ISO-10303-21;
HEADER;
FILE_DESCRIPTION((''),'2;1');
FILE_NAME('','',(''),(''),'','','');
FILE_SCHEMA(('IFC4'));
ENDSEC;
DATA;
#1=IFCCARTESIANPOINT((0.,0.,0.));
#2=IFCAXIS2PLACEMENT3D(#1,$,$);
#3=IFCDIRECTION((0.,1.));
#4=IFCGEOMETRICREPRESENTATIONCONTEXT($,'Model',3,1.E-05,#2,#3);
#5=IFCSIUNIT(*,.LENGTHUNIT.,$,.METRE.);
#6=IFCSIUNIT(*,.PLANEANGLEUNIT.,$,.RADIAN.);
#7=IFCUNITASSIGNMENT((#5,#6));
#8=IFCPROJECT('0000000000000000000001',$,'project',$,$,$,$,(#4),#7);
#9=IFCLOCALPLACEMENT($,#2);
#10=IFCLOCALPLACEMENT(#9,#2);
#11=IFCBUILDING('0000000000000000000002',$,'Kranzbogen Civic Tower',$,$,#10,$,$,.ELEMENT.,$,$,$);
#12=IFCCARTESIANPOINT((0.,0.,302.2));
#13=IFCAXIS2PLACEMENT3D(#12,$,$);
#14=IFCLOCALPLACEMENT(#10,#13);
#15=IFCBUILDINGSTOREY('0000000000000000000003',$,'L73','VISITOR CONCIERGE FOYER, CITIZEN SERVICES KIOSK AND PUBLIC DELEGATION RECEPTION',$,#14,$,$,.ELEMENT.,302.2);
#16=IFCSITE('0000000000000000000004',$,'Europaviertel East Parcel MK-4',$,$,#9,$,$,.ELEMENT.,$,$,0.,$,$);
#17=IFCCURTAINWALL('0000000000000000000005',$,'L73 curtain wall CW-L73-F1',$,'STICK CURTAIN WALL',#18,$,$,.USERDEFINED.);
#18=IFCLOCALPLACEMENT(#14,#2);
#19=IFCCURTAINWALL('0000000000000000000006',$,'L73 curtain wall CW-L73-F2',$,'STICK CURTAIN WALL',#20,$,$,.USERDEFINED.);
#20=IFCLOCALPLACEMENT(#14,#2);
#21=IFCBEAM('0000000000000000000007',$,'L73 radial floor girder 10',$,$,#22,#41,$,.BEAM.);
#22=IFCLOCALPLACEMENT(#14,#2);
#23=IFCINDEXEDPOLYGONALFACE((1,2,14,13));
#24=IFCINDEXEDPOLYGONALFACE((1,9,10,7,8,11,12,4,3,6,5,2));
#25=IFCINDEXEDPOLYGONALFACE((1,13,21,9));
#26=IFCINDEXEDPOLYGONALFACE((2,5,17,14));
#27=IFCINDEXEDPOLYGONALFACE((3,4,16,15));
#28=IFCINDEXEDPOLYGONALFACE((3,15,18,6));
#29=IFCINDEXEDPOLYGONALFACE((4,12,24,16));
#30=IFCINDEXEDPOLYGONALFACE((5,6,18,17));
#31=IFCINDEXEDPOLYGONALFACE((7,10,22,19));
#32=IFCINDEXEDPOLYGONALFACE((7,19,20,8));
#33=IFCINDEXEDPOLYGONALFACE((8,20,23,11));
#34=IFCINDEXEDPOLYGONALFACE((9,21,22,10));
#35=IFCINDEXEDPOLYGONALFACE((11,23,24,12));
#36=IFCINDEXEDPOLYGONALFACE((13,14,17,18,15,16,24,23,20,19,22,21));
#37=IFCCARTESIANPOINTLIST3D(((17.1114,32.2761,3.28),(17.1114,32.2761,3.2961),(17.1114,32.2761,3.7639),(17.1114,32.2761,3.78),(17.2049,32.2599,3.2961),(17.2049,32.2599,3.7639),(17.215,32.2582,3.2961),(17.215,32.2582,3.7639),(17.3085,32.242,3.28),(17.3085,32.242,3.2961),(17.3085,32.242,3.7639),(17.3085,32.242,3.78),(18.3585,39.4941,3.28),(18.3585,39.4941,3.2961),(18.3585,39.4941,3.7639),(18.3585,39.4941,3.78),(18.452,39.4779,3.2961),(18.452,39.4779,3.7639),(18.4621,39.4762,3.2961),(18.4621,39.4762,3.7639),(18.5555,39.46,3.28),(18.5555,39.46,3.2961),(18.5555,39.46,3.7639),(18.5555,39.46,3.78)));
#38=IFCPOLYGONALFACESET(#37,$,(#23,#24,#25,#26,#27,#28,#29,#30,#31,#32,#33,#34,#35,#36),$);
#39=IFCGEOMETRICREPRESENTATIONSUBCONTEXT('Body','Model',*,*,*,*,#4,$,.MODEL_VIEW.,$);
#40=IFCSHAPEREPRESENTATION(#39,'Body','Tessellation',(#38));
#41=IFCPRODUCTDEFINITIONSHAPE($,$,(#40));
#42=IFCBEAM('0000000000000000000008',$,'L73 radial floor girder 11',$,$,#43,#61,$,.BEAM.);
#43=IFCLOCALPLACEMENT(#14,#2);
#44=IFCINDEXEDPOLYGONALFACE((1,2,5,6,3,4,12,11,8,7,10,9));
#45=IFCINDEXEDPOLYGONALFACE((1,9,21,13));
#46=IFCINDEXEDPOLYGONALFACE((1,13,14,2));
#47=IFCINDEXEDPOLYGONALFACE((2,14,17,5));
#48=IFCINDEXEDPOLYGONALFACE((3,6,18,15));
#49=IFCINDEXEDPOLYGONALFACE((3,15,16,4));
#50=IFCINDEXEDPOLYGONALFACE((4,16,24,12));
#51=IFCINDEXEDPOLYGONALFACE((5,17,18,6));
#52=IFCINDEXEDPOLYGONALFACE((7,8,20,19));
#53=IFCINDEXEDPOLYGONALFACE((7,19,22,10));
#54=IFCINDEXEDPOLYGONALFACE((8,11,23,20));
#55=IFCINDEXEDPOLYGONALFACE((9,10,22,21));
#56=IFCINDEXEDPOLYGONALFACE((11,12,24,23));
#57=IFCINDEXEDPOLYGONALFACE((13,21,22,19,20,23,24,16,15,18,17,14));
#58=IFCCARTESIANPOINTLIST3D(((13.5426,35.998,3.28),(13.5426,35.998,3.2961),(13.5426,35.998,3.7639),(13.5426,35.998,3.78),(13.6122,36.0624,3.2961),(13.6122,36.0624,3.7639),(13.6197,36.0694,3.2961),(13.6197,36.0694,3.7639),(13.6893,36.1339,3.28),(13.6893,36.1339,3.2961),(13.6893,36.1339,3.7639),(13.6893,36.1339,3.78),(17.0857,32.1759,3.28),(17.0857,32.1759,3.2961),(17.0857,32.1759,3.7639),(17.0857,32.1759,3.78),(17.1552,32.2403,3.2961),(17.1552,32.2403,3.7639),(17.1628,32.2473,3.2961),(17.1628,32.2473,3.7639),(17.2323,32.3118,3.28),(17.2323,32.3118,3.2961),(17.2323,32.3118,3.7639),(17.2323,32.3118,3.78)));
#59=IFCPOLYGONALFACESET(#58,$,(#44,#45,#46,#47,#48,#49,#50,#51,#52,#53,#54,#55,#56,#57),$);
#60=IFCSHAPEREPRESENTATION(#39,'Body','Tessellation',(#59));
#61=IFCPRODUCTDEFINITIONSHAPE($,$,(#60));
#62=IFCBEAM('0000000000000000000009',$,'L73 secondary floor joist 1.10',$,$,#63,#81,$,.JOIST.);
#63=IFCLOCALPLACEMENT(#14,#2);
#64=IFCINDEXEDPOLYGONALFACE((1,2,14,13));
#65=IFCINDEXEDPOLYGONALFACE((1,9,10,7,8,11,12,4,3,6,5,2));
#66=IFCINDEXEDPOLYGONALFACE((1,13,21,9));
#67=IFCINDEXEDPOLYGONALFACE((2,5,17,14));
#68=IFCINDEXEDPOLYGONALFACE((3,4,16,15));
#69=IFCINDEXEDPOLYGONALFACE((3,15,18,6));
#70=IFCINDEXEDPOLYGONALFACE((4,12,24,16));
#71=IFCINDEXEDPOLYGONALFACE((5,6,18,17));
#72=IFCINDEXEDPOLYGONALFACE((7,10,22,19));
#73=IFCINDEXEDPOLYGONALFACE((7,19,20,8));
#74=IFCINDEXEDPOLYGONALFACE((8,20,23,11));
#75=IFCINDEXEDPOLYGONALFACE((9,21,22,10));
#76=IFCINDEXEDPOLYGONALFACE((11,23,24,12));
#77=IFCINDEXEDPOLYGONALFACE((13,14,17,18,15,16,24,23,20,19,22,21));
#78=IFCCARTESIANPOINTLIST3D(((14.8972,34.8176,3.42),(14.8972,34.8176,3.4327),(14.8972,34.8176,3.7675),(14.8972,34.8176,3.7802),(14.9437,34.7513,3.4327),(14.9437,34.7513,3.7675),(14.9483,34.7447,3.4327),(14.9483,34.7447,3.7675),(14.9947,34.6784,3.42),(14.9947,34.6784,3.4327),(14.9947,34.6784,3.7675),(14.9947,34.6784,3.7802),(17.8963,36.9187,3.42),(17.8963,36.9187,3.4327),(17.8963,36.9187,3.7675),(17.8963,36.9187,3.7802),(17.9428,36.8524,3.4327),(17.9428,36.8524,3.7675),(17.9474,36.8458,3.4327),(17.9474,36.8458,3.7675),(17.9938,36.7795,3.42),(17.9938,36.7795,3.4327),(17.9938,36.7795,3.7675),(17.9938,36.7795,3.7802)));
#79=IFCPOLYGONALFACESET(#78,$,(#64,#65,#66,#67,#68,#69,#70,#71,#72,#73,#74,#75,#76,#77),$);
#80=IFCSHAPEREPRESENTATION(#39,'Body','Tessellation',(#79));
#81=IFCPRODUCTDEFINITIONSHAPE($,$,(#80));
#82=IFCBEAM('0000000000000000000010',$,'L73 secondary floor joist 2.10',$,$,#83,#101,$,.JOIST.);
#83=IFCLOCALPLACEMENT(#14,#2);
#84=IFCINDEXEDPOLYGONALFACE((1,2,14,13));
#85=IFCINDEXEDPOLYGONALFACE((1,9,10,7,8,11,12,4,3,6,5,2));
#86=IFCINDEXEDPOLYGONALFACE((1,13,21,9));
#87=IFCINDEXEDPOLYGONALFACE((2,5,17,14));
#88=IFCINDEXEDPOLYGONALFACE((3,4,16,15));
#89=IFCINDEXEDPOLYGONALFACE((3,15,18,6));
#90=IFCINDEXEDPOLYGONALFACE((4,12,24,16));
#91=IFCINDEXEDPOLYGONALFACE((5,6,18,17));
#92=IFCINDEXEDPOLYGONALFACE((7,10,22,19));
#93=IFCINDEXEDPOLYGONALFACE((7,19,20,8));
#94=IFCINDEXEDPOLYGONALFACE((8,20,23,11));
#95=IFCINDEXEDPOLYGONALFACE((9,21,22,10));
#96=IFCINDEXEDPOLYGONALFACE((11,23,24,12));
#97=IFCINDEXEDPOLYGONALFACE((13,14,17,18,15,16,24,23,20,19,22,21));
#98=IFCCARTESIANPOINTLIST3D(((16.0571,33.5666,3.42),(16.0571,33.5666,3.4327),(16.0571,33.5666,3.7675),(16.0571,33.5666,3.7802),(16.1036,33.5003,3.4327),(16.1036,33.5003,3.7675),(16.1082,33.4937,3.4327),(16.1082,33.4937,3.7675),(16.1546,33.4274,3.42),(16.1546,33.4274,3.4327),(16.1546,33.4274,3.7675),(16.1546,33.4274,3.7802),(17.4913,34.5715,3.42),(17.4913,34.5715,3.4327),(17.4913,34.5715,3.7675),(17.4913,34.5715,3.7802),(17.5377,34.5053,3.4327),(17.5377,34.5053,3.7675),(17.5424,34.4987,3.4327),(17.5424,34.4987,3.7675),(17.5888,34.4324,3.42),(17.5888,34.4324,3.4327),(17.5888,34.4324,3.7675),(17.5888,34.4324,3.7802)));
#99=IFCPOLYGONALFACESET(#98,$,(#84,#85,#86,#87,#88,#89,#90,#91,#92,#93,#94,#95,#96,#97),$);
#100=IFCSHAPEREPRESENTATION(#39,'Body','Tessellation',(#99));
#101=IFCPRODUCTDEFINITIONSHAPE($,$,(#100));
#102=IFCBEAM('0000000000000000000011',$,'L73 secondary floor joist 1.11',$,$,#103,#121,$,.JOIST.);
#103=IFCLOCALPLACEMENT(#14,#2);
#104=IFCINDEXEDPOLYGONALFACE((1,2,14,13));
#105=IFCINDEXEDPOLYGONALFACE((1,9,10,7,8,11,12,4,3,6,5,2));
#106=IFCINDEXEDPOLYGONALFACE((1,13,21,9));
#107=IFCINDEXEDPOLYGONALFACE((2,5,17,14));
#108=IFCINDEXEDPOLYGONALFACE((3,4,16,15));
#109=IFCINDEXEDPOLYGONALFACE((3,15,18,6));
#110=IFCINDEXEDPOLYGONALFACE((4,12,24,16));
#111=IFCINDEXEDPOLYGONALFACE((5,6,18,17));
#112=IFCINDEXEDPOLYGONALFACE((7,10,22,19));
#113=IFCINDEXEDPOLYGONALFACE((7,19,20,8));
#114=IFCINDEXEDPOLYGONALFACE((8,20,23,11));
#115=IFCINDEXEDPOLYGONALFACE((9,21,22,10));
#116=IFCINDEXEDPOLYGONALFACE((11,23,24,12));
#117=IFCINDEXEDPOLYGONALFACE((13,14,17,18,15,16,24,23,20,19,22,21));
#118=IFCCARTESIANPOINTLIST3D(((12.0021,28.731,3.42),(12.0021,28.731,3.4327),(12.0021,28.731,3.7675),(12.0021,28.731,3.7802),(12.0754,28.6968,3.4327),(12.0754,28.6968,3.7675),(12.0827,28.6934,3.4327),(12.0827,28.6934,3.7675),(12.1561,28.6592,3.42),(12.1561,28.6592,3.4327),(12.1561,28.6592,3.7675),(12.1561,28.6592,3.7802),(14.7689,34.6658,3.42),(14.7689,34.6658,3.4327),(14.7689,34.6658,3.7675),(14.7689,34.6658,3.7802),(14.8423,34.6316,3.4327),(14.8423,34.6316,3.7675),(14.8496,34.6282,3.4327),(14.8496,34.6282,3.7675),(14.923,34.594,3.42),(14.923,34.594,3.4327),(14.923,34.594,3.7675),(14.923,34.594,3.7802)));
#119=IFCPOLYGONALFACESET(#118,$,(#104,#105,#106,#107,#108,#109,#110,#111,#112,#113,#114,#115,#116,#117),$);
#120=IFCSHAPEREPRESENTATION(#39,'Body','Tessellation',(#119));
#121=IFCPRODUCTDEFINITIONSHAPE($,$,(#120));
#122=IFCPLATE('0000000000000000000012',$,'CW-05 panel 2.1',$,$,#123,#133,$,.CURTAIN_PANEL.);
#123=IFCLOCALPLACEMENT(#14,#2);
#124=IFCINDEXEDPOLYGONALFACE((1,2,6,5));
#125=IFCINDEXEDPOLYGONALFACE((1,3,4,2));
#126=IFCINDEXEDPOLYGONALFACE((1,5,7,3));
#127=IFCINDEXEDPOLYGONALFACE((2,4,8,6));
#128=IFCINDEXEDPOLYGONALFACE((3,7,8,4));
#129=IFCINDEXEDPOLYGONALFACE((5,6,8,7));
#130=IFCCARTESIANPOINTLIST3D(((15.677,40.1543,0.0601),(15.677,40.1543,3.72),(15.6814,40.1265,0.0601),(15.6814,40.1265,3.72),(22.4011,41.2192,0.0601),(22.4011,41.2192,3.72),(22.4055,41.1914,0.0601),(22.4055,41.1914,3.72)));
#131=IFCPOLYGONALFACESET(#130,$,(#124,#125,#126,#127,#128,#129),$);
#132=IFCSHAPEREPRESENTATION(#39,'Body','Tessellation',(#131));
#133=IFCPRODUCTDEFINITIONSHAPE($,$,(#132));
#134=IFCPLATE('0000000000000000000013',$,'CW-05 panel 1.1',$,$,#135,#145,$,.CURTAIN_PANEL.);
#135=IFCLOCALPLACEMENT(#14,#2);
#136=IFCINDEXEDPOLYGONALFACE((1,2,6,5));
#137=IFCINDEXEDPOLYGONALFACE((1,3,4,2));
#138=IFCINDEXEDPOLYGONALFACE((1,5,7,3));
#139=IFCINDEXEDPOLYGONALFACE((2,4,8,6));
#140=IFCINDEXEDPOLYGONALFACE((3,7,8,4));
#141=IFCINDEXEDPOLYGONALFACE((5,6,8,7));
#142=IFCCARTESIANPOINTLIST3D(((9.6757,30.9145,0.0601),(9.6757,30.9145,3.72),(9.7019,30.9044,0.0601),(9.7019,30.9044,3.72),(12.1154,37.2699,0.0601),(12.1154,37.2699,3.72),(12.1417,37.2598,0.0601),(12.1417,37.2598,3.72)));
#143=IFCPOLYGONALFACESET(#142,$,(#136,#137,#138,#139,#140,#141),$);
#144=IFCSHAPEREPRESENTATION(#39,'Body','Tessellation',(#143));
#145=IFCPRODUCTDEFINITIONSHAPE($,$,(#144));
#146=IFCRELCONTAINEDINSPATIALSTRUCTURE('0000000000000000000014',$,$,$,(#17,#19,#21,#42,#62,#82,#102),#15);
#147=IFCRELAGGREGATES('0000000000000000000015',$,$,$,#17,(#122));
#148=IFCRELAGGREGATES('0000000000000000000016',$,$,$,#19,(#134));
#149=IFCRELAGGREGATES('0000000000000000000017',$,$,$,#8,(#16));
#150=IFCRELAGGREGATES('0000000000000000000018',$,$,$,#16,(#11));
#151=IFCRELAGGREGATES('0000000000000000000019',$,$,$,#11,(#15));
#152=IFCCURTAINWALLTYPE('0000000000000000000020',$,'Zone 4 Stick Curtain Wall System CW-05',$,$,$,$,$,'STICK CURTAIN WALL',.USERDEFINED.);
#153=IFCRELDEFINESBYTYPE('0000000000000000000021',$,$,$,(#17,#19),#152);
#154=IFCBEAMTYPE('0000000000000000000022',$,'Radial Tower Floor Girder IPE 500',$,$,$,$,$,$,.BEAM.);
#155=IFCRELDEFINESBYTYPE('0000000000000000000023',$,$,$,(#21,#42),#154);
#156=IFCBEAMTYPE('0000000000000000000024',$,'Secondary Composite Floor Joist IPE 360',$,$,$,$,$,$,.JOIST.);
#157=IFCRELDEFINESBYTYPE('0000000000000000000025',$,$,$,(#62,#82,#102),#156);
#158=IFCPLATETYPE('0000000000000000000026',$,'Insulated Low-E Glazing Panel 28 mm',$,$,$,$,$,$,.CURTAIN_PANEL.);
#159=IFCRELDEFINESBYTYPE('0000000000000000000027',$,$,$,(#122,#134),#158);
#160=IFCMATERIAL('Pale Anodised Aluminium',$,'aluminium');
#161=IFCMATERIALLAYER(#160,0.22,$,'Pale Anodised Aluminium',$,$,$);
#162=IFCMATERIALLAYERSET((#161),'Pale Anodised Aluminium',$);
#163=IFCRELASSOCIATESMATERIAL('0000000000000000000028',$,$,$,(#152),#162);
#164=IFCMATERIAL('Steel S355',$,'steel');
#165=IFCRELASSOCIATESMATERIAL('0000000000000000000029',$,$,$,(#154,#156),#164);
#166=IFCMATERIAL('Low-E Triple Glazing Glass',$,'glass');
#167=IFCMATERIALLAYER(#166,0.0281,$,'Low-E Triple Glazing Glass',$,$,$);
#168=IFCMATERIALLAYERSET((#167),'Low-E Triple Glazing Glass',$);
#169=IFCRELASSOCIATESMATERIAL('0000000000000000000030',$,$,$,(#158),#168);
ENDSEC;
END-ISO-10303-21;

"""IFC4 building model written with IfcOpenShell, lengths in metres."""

from ifc_helpers import new_model, si_unit, direction, frame, origin, origin_2d, place, context, subcontext, project, spatial, rectangle, i_section, extrude, material, layer, layer_set, material_profile, profile_set, type_object, element, aggregate, save


model = new_model("IFC4")

# Units and contexts
model_context = context("Model", 3, precision=1e-05, world=origin(), true_north=direction((0.0, 1.0)))
body_context = subcontext(model_context, "Body", "Model", "MODEL_VIEW")
ifc_project = project(units=[si_unit("LENGTHUNIT", "METRE"), si_unit("PLANEANGLEUNIT", "RADIAN")], contexts=[model_context])

# Site, building, storey
site_placement = place(None, origin())
site = spatial("IfcSite", under=ifc_project, at=site_placement, Name="Europaviertel East Parcel MK-4", CompositionType="ELEMENT", RefElevation=0.0)
building_placement = place(site_placement, origin())
building = spatial("IfcBuilding", under=site, at=building_placement, Name="Kranzbogen Civic Tower", CompositionType="ELEMENT")
storey_placement = place(building_placement, frame((0.0, 0.0, 302.2)))
storey = spatial("IfcBuildingStorey", under=building, at=storey_placement, Name="L73", Description="VISITOR CONCIERGE FOYER, CITIZEN SERVICES KIOSK AND PUBLIC DELEGATION RECEPTION", CompositionType="ELEMENT", Elevation=302.2)

# Shared definitions
ifc_material_1 = material(Name="Steel S355", Category="steel")

# Curtain wall
ifc_material_2 = material(Name="Pale Anodised Aluminium", Category="aluminium")
ifc_layer_1 = layer(ifc_material_2, 0.22, Name="Pale Anodised Aluminium")
ifc_layer_set_1 = layer_set([ifc_layer_1], Name="Pale Anodised Aluminium")
curtain_wall_type = type_object("IfcCurtainWallType", Name="Zone 4 Stick Curtain Wall System CW-05", ElementType="STICK CURTAIN WALL", PredefinedType="USERDEFINED", material=ifc_layer_set_1)
curtain_wall_1_placement = place(storey_placement, origin())
curtain_wall_1 = element("IfcCurtainWall", 1, at=curtain_wall_1_placement, inside=storey, type_object=curtain_wall_type, Name="L73 curtain wall CW-L73-F1", ObjectType="STICK CURTAIN WALL", PredefinedType="USERDEFINED")

# Curtain wall
curtain_wall_2_placement = place(storey_placement, origin())
curtain_wall_2 = element("IfcCurtainWall", 2, at=curtain_wall_2_placement, inside=storey, type_object=curtain_wall_type, Name="L73 curtain wall CW-L73-F2", ObjectType="STICK CURTAIN WALL", PredefinedType="USERDEFINED")

# Beams
ifc_material_profile_1 = material_profile(ifc_material_1, i_section(OverallWidth=0.2, OverallDepth=0.5, WebThickness=0.0103, FlangeThickness=0.0161, at=origin_2d()), Name="IPE 500")
ifc_profile_set_1 = profile_set([ifc_material_profile_1], Name="Steel S355")
beam_type_1 = type_object("IfcBeamType", Name="Radial Tower Floor Girder IPE 500", PredefinedType="BEAM", material=ifc_profile_set_1)
beam_1_placement = place(storey_placement, frame((18.457, 39.4771, 3.53), z_axis=(-0.17025, -0.985401, 0.0), x_axis=(0.985401, -0.17025, 0.0)))
element("IfcBeam", 3, at=beam_1_placement, inside=storey, type_object=beam_type_1, Name="L73 radial floor girder 10", PredefinedType="BEAM", context=body_context, shape_type="SweptSolid", body=[
    extrude(i_section(OverallWidth=0.2, OverallDepth=0.5, WebThickness=0.0103, FlangeThickness=0.0161, at=origin_2d()), origin(), (0.0, 0.0, 1.0), 7.325),
])
beam_2_placement = place(storey_placement, frame((13.616, 36.0659, 3.53), z_axis=(0.679827, -0.733372, 0.0), x_axis=(0.733372, 0.679827, 0.0)))
element("IfcBeam", 4, at=beam_2_placement, inside=storey, type_object=beam_type_1, Name="L73 radial floor girder 11", PredefinedType="BEAM", context=body_context, shape_type="SweptSolid", body=[
    extrude(i_section(OverallWidth=0.2, OverallDepth=0.5, WebThickness=0.0103, FlangeThickness=0.0161, at=origin_2d()), origin(), (0.0, 0.0, 1.0), 5.2117),
])
ifc_material_profile_2 = material_profile(ifc_material_1, i_section(OverallWidth=0.1699, OverallDepth=0.3601, WebThickness=0.0081, FlangeThickness=0.0127, at=origin_2d()), Name="IPE 360")
ifc_profile_set_2 = profile_set([ifc_material_profile_2], Name="Steel S355")
beam_type_2 = type_object("IfcBeamType", Name="Secondary Composite Floor Joist IPE 360", PredefinedType="JOIST", material=ifc_profile_set_2)
beam_3_placement = place(storey_placement, frame((17.9451, 36.8491, 3.6001), z_axis=(-0.819006, -0.573784, 0.0), x_axis=(0.573784, -0.819006, 0.0)))
element("IfcBeam", 5, at=beam_3_placement, inside=storey, type_object=beam_type_2, Name="L73 secondary floor joist 1.10", PredefinedType="JOIST", context=body_context, shape_type="SweptSolid", body=[
    extrude(i_section(OverallWidth=0.1699, OverallDepth=0.3601, WebThickness=0.0081, FlangeThickness=0.0127, at=origin_2d()), origin(), (0.0, 0.0, 1.0), 3.6619),
])
beam_4_placement = place(storey_placement, frame((17.54, 34.502, 3.6001), z_axis=(-0.818957, -0.573855, 0.0), x_axis=(0.573855, -0.818957, 0.0)))
element("IfcBeam", 6, at=beam_4_placement, inside=storey, type_object=beam_type_2, Name="L73 secondary floor joist 2.10", PredefinedType="JOIST", context=body_context, shape_type="SweptSolid", body=[
    extrude(i_section(OverallWidth=0.1699, OverallDepth=0.3601, WebThickness=0.0081, FlangeThickness=0.0127, at=origin_2d()), origin(), (0.0, 0.0, 1.0), 1.7512),
])
beam_5_placement = place(storey_placement, frame((14.8459, 34.6299, 3.6001), z_axis=(-0.422543, -0.906343, 0.0), x_axis=(0.906343, -0.422543, 0.0)))
element("IfcBeam", 7, at=beam_5_placement, inside=storey, type_object=beam_type_2, Name="L73 secondary floor joist 1.11", PredefinedType="JOIST", context=body_context, shape_type="SweptSolid", body=[
    extrude(i_section(OverallWidth=0.1699, OverallDepth=0.3601, WebThickness=0.0081, FlangeThickness=0.0127, at=origin_2d()), origin(), (0.0, 0.0, 1.0), 6.5481),
])

# Plates
ifc_material_3 = material(Name="Low-E Triple Glazing Glass", Category="glass")
ifc_layer_2 = layer(ifc_material_3, 0.0281, Name="Low-E Triple Glazing Glass")
ifc_layer_set_2 = layer_set([ifc_layer_2], Name="Low-E Triple Glazing Glass")
plate_type = type_object("IfcPlateType", Name="Insulated Low-E Glazing Panel 28 mm", PredefinedType="CURTAIN_PANEL", material=ifc_layer_set_2)
plate_1_placement = place(storey_placement, frame((19.0413, 40.6729, 0.0601), z_axis=(0.0, 0.0, 1.0), x_axis=(-0.98769, -0.156424, 0.0)))
plate_1 = element("IfcPlate", 8, at=plate_1_placement, type_object=plate_type, Name="CW-05 panel 2.1", PredefinedType="CURTAIN_PANEL", context=body_context, shape_type="SweptSolid", body=[
    extrude(rectangle(XDim=6.8079, YDim=0.0281, at=origin_2d()), origin(), (0.0, 0.0, 1.0), 3.6599),
])
aggregate(curtain_wall_1, [plate_1])
plate_2_placement = place(storey_placement, frame((10.9087, 34.0872, 0.0601), z_axis=(0.0, 0.0, 1.0), x_axis=(-0.358382, -0.933575, 0.0)))
plate_2 = element("IfcPlate", 9, at=plate_2_placement, type_object=plate_type, Name="CW-05 panel 1.1", PredefinedType="CURTAIN_PANEL", context=body_context, shape_type="SweptSolid", body=[
    extrude(rectangle(XDim=6.8076, YDim=0.0281, at=origin_2d()), origin(), (0.0, 0.0, 1.0), 3.6599),
])
aggregate(curtain_wall_2, [plate_2])

save(model, "model.ifc")
